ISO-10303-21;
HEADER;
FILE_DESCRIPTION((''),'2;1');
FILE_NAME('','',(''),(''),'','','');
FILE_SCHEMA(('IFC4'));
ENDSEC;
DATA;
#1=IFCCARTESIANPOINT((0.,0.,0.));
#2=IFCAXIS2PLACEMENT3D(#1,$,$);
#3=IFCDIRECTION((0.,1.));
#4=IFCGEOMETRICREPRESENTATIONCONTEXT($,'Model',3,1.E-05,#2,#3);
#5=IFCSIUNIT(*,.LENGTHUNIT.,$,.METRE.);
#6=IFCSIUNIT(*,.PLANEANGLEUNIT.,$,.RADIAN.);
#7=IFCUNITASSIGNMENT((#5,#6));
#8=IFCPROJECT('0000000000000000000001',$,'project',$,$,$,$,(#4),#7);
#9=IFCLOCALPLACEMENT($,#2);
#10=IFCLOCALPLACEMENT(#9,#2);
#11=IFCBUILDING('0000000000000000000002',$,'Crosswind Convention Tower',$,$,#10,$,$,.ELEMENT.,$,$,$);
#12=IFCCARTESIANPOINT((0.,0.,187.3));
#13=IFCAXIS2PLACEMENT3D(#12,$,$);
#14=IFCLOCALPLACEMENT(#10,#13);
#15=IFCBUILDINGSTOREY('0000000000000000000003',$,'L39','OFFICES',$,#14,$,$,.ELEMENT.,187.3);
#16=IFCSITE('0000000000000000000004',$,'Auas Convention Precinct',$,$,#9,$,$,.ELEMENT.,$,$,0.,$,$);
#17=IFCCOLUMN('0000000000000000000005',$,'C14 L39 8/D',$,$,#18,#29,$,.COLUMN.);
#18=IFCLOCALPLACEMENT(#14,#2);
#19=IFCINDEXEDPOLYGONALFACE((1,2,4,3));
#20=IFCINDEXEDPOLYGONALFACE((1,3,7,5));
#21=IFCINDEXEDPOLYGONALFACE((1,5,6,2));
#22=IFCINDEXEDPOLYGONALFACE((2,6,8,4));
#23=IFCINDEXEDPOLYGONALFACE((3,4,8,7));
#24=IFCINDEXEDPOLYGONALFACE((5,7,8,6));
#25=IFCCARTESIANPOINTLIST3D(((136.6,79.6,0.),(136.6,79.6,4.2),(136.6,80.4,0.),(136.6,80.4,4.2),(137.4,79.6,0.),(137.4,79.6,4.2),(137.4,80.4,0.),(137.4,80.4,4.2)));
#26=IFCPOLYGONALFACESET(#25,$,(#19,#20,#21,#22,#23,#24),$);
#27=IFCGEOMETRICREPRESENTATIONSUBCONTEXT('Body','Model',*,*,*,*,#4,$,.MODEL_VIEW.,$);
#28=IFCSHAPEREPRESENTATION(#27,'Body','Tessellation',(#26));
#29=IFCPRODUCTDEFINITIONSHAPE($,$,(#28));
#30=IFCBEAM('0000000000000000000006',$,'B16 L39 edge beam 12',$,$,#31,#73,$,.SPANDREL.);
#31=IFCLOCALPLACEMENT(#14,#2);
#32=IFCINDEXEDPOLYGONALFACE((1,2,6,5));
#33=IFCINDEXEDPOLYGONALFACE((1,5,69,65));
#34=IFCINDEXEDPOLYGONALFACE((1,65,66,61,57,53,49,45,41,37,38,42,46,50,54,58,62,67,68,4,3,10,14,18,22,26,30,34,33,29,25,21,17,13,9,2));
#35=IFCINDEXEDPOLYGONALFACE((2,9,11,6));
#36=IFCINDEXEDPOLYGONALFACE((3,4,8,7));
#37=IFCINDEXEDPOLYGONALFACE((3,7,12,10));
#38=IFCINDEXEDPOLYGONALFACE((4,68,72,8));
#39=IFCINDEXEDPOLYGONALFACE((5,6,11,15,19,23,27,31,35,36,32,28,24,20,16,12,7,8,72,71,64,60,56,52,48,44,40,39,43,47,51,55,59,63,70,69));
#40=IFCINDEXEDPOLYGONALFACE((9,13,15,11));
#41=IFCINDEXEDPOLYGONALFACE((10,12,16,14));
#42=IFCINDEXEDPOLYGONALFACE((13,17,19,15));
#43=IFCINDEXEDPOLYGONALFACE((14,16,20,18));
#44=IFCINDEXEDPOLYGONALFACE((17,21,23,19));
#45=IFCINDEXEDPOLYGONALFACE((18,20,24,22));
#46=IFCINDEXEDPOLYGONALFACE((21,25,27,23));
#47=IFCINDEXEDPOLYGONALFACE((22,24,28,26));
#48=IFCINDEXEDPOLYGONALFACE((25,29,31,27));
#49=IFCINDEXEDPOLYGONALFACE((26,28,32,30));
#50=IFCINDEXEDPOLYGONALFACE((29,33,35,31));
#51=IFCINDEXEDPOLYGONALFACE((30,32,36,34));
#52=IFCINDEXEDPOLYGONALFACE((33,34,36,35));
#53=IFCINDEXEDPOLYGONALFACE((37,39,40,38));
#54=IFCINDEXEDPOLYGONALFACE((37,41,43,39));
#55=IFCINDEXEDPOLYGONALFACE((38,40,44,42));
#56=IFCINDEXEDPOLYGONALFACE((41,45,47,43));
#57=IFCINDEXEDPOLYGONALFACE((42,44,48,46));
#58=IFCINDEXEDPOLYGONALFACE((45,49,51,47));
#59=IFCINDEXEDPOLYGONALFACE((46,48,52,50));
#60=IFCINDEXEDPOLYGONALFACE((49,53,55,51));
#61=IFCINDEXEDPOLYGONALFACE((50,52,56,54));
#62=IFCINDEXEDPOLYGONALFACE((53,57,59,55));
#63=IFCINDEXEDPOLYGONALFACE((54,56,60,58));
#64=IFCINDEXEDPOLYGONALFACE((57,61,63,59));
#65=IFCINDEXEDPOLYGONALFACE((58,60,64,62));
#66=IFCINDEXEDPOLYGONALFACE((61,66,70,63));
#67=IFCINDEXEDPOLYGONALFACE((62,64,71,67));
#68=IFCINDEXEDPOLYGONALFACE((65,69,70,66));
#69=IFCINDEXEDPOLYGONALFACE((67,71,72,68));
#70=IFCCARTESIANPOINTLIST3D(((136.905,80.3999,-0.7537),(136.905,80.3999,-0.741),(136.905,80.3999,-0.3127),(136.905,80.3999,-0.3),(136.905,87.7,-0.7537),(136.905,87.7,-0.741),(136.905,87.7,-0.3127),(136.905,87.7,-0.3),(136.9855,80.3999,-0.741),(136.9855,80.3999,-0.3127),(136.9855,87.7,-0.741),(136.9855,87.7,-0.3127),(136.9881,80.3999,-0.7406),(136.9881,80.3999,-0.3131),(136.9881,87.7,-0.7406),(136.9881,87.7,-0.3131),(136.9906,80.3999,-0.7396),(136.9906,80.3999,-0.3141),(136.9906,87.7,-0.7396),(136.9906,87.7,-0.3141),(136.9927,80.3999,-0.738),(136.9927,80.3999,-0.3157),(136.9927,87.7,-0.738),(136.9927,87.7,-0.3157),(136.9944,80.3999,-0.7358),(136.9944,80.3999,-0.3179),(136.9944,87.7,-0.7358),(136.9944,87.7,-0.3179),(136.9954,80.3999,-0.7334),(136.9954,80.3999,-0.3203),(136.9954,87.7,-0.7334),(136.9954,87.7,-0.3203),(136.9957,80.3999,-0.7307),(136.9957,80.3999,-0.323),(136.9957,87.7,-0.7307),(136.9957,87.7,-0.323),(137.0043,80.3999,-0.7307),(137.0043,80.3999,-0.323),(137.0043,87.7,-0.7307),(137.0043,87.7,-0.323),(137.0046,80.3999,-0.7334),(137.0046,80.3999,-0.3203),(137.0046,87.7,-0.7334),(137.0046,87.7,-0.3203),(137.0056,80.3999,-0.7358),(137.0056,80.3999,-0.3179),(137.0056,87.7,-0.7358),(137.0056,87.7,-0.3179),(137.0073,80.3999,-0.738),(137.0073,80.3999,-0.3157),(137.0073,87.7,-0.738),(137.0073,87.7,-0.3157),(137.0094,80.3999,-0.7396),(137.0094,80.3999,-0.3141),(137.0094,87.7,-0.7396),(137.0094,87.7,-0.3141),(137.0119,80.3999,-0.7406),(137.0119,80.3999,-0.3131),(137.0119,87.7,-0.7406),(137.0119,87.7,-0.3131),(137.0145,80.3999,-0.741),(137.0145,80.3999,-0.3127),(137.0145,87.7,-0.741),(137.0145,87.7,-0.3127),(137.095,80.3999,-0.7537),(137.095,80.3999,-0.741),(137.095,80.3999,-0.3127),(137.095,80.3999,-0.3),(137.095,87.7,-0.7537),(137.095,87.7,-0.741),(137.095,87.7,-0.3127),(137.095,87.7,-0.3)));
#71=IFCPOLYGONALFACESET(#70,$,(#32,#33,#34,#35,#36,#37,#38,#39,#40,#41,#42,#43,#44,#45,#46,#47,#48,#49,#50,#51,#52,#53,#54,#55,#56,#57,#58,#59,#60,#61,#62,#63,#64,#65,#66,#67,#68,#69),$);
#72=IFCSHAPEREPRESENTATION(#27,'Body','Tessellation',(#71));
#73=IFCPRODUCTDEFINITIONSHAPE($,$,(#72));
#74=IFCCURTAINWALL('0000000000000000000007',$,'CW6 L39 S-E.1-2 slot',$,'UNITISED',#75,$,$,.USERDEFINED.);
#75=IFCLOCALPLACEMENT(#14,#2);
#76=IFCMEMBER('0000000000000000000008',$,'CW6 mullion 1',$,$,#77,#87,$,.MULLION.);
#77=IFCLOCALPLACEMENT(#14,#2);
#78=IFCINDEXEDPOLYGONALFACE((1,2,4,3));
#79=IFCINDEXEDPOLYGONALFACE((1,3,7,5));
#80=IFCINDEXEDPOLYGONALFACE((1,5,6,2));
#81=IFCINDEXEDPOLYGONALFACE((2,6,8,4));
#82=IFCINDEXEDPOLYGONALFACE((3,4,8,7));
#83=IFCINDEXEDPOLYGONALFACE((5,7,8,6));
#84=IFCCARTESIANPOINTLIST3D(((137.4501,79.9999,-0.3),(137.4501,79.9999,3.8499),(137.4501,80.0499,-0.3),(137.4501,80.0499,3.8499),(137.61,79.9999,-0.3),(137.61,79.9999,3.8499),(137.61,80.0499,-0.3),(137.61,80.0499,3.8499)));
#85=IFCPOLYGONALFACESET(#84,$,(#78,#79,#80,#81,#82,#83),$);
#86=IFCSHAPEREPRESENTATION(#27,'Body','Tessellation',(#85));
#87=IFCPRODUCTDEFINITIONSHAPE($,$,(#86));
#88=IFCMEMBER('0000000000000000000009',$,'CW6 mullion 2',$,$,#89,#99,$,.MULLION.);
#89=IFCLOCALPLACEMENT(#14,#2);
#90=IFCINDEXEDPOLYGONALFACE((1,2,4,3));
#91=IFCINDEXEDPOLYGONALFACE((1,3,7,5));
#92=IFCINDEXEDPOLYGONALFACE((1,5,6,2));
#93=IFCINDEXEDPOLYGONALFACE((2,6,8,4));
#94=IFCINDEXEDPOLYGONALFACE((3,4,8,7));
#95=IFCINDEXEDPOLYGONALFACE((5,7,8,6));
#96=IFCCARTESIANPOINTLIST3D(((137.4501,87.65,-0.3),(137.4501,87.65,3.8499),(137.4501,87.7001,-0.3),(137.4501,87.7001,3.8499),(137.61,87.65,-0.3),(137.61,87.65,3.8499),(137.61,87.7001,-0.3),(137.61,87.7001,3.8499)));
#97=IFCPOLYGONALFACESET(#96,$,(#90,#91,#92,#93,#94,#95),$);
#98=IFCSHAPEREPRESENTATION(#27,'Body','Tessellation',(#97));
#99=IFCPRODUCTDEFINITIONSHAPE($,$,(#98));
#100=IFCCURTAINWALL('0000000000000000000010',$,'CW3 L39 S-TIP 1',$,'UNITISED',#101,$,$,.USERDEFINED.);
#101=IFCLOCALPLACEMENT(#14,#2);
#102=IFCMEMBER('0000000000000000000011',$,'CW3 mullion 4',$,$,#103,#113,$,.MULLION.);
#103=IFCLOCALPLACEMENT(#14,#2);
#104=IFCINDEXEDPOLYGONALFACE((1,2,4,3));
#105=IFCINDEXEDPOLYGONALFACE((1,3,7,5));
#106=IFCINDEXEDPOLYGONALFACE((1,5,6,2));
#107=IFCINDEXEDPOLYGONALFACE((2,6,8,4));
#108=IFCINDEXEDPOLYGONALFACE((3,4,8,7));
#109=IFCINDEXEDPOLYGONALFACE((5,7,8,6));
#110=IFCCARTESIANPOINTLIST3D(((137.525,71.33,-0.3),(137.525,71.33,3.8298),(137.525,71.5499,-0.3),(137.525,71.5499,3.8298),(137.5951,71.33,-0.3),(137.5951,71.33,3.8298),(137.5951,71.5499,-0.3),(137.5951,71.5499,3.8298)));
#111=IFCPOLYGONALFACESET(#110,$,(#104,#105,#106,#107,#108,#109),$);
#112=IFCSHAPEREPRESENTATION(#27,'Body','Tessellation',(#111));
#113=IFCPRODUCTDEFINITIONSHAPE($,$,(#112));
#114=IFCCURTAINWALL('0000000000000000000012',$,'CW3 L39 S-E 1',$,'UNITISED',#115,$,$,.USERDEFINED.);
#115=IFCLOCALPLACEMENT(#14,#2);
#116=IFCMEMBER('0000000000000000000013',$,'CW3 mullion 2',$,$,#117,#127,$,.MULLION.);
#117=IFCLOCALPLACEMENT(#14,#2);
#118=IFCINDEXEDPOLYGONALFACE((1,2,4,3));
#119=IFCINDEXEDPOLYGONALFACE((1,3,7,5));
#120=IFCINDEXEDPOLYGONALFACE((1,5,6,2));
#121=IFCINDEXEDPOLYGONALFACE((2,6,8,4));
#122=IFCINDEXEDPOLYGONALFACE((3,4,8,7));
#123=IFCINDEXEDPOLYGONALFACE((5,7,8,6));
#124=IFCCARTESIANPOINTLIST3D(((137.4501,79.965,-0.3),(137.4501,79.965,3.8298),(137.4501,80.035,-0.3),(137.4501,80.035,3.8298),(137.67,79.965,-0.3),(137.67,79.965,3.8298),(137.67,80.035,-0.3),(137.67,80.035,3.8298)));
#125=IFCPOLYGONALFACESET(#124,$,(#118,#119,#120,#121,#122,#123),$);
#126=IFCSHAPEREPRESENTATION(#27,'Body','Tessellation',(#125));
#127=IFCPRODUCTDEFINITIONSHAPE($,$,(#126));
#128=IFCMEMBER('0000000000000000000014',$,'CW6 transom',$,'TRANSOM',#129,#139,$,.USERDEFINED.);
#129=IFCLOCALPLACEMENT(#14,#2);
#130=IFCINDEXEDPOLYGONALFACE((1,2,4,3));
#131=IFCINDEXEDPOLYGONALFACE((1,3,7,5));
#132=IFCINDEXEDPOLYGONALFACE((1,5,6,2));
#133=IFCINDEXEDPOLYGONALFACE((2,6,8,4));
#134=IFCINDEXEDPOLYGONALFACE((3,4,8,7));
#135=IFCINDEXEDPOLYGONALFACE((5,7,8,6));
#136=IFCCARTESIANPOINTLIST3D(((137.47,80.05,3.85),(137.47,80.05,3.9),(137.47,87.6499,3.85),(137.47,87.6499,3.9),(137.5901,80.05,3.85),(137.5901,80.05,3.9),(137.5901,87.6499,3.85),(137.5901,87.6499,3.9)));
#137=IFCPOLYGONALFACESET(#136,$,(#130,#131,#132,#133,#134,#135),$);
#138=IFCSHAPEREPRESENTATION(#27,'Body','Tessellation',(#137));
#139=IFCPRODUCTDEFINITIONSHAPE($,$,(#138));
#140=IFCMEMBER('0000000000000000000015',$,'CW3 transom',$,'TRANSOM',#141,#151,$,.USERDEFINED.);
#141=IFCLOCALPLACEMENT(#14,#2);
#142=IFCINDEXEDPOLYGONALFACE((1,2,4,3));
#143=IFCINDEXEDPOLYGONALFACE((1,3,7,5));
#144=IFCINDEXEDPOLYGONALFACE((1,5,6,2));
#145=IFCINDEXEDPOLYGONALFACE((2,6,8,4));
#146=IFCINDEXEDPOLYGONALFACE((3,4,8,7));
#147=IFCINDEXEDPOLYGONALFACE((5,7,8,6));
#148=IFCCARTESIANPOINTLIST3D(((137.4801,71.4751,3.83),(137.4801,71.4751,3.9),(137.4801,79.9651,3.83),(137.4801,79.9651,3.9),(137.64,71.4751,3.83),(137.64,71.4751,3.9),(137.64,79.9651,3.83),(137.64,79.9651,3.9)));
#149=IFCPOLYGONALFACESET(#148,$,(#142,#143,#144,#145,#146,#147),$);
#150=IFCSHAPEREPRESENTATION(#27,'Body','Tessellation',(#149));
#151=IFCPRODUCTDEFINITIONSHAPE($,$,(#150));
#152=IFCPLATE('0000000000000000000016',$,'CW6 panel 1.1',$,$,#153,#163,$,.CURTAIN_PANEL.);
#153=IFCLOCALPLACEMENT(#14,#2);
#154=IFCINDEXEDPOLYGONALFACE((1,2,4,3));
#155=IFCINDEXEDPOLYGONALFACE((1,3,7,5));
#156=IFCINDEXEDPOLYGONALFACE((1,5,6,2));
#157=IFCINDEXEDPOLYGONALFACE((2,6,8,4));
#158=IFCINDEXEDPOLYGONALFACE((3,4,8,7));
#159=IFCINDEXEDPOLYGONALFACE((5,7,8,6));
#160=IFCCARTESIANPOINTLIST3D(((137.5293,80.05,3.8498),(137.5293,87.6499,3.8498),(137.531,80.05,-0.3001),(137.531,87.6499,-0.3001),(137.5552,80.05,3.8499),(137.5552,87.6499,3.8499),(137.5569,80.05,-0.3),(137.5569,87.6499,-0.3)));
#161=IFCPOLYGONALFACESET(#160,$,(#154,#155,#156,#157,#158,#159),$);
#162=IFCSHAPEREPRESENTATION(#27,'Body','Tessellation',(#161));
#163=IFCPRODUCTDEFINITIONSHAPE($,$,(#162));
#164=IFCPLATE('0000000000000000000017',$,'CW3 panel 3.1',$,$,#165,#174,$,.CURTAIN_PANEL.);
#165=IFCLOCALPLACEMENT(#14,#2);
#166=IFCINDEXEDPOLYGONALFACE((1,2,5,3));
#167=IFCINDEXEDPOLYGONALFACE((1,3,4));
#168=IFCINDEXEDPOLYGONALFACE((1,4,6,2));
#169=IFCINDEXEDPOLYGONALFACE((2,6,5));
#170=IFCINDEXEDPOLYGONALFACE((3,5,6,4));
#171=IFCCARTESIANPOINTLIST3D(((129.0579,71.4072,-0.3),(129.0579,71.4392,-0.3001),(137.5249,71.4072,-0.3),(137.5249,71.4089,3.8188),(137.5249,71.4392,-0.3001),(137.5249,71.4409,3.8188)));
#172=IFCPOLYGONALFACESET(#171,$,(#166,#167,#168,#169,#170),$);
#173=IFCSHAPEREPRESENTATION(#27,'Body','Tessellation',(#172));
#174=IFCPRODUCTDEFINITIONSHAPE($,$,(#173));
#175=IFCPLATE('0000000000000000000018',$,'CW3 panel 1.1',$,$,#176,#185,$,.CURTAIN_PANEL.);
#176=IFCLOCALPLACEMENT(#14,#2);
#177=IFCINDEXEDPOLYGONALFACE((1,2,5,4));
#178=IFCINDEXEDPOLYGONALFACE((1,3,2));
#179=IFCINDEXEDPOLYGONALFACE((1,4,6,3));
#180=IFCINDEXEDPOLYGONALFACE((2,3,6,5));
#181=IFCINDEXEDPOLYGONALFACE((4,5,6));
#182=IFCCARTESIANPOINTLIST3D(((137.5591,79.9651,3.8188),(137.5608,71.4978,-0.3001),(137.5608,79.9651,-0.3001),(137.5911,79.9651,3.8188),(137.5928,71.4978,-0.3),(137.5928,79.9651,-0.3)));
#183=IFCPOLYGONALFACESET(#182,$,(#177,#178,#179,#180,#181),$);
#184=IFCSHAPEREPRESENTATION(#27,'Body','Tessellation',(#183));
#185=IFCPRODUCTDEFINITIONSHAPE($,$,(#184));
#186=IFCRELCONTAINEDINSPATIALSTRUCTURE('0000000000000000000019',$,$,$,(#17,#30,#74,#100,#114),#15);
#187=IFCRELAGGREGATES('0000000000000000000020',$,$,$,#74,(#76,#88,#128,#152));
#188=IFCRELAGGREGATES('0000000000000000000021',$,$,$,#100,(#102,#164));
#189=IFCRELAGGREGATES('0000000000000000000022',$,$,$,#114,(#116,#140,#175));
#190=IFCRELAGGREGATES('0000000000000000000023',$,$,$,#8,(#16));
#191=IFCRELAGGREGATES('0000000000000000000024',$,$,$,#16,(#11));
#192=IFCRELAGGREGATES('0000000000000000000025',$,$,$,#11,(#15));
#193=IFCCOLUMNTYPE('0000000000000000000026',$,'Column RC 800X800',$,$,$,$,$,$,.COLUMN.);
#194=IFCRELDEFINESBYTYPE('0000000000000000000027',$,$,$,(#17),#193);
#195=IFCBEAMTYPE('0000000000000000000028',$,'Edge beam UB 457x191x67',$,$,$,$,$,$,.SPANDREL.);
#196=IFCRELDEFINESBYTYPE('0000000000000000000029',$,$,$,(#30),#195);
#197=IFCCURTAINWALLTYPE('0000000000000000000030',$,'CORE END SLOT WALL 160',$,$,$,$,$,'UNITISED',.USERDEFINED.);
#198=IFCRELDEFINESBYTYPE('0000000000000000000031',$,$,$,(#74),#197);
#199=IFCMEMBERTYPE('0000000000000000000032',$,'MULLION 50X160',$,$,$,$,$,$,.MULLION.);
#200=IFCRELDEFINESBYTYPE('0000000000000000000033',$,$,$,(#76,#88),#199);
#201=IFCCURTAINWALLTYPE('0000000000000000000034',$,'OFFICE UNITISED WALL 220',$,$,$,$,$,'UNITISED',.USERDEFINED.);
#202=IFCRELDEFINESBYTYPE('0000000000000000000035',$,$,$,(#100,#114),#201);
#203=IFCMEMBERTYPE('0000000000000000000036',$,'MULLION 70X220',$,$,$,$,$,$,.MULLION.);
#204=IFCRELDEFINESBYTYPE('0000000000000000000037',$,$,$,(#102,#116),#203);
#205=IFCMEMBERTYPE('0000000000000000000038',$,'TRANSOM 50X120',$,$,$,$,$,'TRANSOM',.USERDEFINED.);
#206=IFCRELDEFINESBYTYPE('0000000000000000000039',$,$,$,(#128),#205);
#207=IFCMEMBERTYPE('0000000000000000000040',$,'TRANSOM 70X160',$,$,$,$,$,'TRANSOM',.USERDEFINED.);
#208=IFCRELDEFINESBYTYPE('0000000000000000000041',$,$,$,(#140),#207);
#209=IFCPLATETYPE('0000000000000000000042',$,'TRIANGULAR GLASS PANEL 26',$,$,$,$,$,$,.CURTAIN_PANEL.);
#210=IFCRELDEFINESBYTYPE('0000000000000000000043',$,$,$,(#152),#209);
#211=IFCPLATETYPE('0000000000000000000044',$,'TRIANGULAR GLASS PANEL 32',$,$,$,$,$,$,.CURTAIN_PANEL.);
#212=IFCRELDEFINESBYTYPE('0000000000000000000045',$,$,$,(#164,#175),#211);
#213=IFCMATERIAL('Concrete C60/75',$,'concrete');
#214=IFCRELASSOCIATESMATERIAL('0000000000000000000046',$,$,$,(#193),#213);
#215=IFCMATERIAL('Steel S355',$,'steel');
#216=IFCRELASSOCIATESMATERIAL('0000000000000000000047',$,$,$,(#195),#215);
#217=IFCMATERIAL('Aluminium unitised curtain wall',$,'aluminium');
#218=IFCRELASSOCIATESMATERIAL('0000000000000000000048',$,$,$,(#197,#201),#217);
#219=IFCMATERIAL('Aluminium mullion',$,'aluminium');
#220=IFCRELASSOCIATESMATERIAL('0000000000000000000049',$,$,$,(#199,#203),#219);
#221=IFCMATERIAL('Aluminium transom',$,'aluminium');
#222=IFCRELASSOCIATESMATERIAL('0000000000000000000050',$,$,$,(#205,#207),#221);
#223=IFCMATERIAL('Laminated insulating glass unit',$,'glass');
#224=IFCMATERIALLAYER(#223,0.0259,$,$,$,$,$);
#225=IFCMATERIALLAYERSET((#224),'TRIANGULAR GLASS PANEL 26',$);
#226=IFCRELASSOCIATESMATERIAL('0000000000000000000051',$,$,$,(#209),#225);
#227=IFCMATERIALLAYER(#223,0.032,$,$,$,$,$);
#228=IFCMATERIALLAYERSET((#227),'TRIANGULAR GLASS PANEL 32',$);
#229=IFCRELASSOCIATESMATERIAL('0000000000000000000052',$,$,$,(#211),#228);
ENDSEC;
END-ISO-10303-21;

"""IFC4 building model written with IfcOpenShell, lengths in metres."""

from ifc_helpers import new_model, si_unit, direction, frame, origin, origin_2d, place, context, subcontext, project, spatial, polyline, rectangle, i_section, outline, extrude, material, layer, layer_set, material_profile, profile_set, type_object, element, aggregate, save


model = new_model("IFC4")

# Units and contexts
model_context = context("Model", 3, precision=1e-05, world=origin(), true_north=direction((0.0, 1.0)))
body_context = subcontext(model_context, "Body", "Model", "MODEL_VIEW")
ifc_project = project(units=[si_unit("LENGTHUNIT", "METRE"), si_unit("PLANEANGLEUNIT", "RADIAN")], contexts=[model_context])

# Site, building, storey
site_placement = place(None, origin())
site = spatial("IfcSite", under=ifc_project, at=site_placement, Name="Auas Convention Precinct", CompositionType="ELEMENT", RefElevation=0.0)
building_placement = place(site_placement, origin())
building = spatial("IfcBuilding", under=site, at=building_placement, Name="Crosswind Convention Tower", CompositionType="ELEMENT")
storey_placement = place(building_placement, frame((0.0, 0.0, 187.3)))
storey = spatial("IfcBuildingStorey", under=building, at=storey_placement, Name="L39", Description="OFFICES", CompositionType="ELEMENT", Elevation=187.3)

# Column
ifc_material_1 = material(Name="Concrete C60/75", Category="concrete")
ifc_material_profile_1 = material_profile(ifc_material_1, rectangle(XDim=0.8, YDim=0.8, at=origin_2d()), Name="RC 800X800")
ifc_profile_set_1 = profile_set([ifc_material_profile_1], Name="Concrete C60/75")
column_type = type_object("IfcColumnType", Name="Column RC 800X800", PredefinedType="COLUMN", material=ifc_profile_set_1)
column_placement = place(storey_placement, frame((137.0, 80.0, 0.0), z_axis=(0.0, 0.0, 1.0), x_axis=(1.0, 0.0, 0.0)))
element("IfcColumn", 1, at=column_placement, inside=storey, type_object=column_type, Name="C14 L39 8/D", PredefinedType="COLUMN", context=body_context, shape_type="SweptSolid", body=[
    extrude(rectangle(XDim=0.8, YDim=0.8, at=origin_2d()), origin(), (0.0, 0.0, 1.0), 4.2),
])

# Beam
ifc_material_2 = material(Name="Steel S355", Category="steel")
ifc_material_profile_2 = material_profile(ifc_material_2, i_section(OverallWidth=0.1899, OverallDepth=0.4536, WebThickness=0.0085, FlangeThickness=0.0127, FilletRadius=0.0103, at=origin_2d()), Name="UB 457x191x67")
ifc_profile_set_2 = profile_set([ifc_material_profile_2], Name="Steel S355")
beam_type = type_object("IfcBeamType", Name="Edge beam UB 457x191x67", PredefinedType="SPANDREL", material=ifc_profile_set_2)
beam_placement = place(storey_placement, frame((137.0, 80.3999, -0.5269), z_axis=(0.0, 1.0, 0.0), x_axis=(-1.0, 0.0, 0.0)))
element("IfcBeam", 2, at=beam_placement, inside=storey, type_object=beam_type, Name="B16 L39 edge beam 12", PredefinedType="SPANDREL", context=body_context, shape_type="SweptSolid", body=[
    extrude(i_section(OverallWidth=0.1899, OverallDepth=0.4536, WebThickness=0.0085, FlangeThickness=0.0127, FilletRadius=0.0103, at=origin_2d()), origin(), (0.0, 0.0, 1.0), 7.3),
])

# Curtain wall, members
ifc_material_3 = material(Name="Aluminium unitised curtain wall", Category="aluminium")
curtain_wall_type_1 = type_object("IfcCurtainWallType", Name="CORE END SLOT WALL 160", ElementType="UNITISED", PredefinedType="USERDEFINED", material=ifc_material_3)
curtain_wall_1_placement = place(storey_placement, origin())
curtain_wall_1 = element("IfcCurtainWall", 3, at=curtain_wall_1_placement, inside=storey, type_object=curtain_wall_type_1, Name="CW6 L39 S-E.1-2 slot", ObjectType="UNITISED", PredefinedType="USERDEFINED")
ifc_material_4 = material(Name="Aluminium mullion", Category="aluminium")
ifc_material_profile_3 = material_profile(ifc_material_4, rectangle(XDim=0.1599, YDim=0.05, at=origin_2d()), Name="AL 160X50")
ifc_profile_set_3 = profile_set([ifc_material_profile_3], Name="Aluminium mullion")
member_type_1 = type_object("IfcMemberType", Name="MULLION 50X160", PredefinedType="MULLION", material=ifc_profile_set_3)
member_1_placement = place(storey_placement, frame((137.53, 80.0249, -0.3), z_axis=(0.0, 0.0, 1.0), x_axis=(1.0, 0.0, 0.0)))
member_1 = element("IfcMember", 4, at=member_1_placement, type_object=member_type_1, Name="CW6 mullion 1", PredefinedType="MULLION", context=body_context, shape_type="SweptSolid", body=[
    extrude(rectangle(XDim=0.1599, YDim=0.05, at=origin_2d()), origin(), (0.0, 0.0, 1.0), 4.1499),
])
member_2_placement = place(storey_placement, frame((137.53, 87.675, -0.3), z_axis=(0.0, 0.0, 1.0), x_axis=(1.0, 0.0, 0.0)))
member_2 = element("IfcMember", 5, at=member_2_placement, type_object=member_type_1, Name="CW6 mullion 2", PredefinedType="MULLION", context=body_context, shape_type="SweptSolid", body=[
    extrude(rectangle(XDim=0.1599, YDim=0.05, at=origin_2d()), origin(), (0.0, 0.0, 1.0), 4.1499),
])

# Curtain walls, members
curtain_wall_type_2 = type_object("IfcCurtainWallType", Name="OFFICE UNITISED WALL 220", ElementType="UNITISED", PredefinedType="USERDEFINED", material=ifc_material_3)
curtain_wall_2_placement = place(storey_placement, origin())
curtain_wall_2 = element("IfcCurtainWall", 6, at=curtain_wall_2_placement, inside=storey, type_object=curtain_wall_type_2, Name="CW3 L39 S-TIP 1", ObjectType="UNITISED", PredefinedType="USERDEFINED")
ifc_material_profile_4 = material_profile(ifc_material_4, rectangle(XDim=0.22, YDim=0.0701, at=origin_2d()), Name="AL 220X70")
ifc_profile_set_4 = profile_set([ifc_material_profile_4], Name="Aluminium mullion")
member_type_2 = type_object("IfcMemberType", Name="MULLION 70X220", PredefinedType="MULLION", material=ifc_profile_set_4)
member_3_placement = place(storey_placement, frame((137.5601, 71.4399, -0.3), z_axis=(0.0, 0.0, 1.0), x_axis=(0.0, -1.0, 0.0)))
member_3 = element("IfcMember", 7, at=member_3_placement, type_object=member_type_2, Name="CW3 mullion 4", PredefinedType="MULLION", context=body_context, shape_type="SweptSolid", body=[
    extrude(rectangle(XDim=0.22, YDim=0.0701, at=origin_2d()), origin(), (0.0, 0.0, 1.0), 4.1299),
])
curtain_wall_3_placement = place(storey_placement, origin())
curtain_wall_3 = element("IfcCurtainWall", 8, at=curtain_wall_3_placement, inside=storey, type_object=curtain_wall_type_2, Name="CW3 L39 S-E 1", ObjectType="UNITISED", PredefinedType="USERDEFINED")
member_4_placement = place(storey_placement, frame((137.5601, 80.0, -0.3), z_axis=(0.0, 0.0, 1.0), x_axis=(1.0, 0.0, 0.0)))
member_4 = element("IfcMember", 9, at=member_4_placement, type_object=member_type_2, Name="CW3 mullion 2", PredefinedType="MULLION", context=body_context, shape_type="SweptSolid", body=[
    extrude(rectangle(XDim=0.22, YDim=0.0701, at=origin_2d()), origin(), (0.0, 0.0, 1.0), 4.1299),
])

# Members
ifc_material_5 = material(Name="Aluminium transom", Category="aluminium")
ifc_material_profile_5 = material_profile(ifc_material_5, rectangle(XDim=0.1201, YDim=0.05, at=origin_2d()), Name="AL 120X50")
ifc_profile_set_5 = profile_set([ifc_material_profile_5], Name="Aluminium transom")
member_type_3 = type_object("IfcMemberType", Name="TRANSOM 50X120", ElementType="TRANSOM", PredefinedType="USERDEFINED", material=ifc_profile_set_5)
member_5_placement = place(storey_placement, frame((137.53, 80.05, 3.875), z_axis=(0.0, 1.0, 0.0), x_axis=(-1.0, 0.0, 0.0)))
member_5 = element("IfcMember", 10, at=member_5_placement, type_object=member_type_3, Name="CW6 transom", ObjectType="TRANSOM", PredefinedType="USERDEFINED", context=body_context, shape_type="SweptSolid", body=[
    extrude(rectangle(XDim=0.1201, YDim=0.05, at=origin_2d()), origin(), (0.0, 0.0, 1.0), 7.5999),
])
ifc_material_profile_6 = material_profile(ifc_material_5, rectangle(XDim=0.1599, YDim=0.0701, at=origin_2d()), Name="AL 160X70")
ifc_profile_set_6 = profile_set([ifc_material_profile_6], Name="Aluminium transom")
member_type_4 = type_object("IfcMemberType", Name="TRANSOM 70X160", ElementType="TRANSOM", PredefinedType="USERDEFINED", material=ifc_profile_set_6)
member_6_placement = place(storey_placement, frame((137.5601, 71.4751, 3.865), z_axis=(0.0, 1.0, 0.0), x_axis=(-1.0, 0.0, 0.0)))
member_6 = element("IfcMember", 11, at=member_6_placement, type_object=member_type_4, Name="CW3 transom", ObjectType="TRANSOM", PredefinedType="USERDEFINED", context=body_context, shape_type="SweptSolid", body=[
    extrude(rectangle(XDim=0.1599, YDim=0.0701, at=origin_2d()), origin(), (0.0, 0.0, 1.0), 8.49),
])

# Plates
ifc_material_6 = material(Name="Laminated insulating glass unit", Category="glass")
ifc_layer_1 = layer(ifc_material_6, 0.0259)
ifc_layer_set_1 = layer_set([ifc_layer_1], Name="TRIANGULAR GLASS PANEL 26")
plate_type_1 = type_object("IfcPlateType", Name="TRIANGULAR GLASS PANEL 26", PredefinedType="CURTAIN_PANEL", material=ifc_layer_set_1)
plate_1_placement = place(storey_placement, frame((137.5569, 80.05, -0.3), z_axis=(1.0, 0.0, 0.000412), x_axis=(0.0, 1.0, 0.0)))
plate_1 = element("IfcPlate", 12, at=plate_1_placement, type_object=plate_type_1, Name="CW6 panel 1.1", PredefinedType="CURTAIN_PANEL", context=body_context, shape_type="SweptSolid", body=[
    extrude(outline(polyline([(0.0, 0.0), (7.5999, 0.0), (7.5999, 4.1499), (0.0, 4.1499), (0.0, 0.0)])), origin(), (0.0, 0.0, -1.0), 0.0259),
])
aggregate(curtain_wall_1, [member_1, member_2, member_5, plate_1])
ifc_layer_2 = layer(ifc_material_6, 0.032)
ifc_layer_set_2 = layer_set([ifc_layer_2], Name="TRIANGULAR GLASS PANEL 32")
plate_type_2 = type_object("IfcPlateType", Name="TRIANGULAR GLASS PANEL 32", PredefinedType="CURTAIN_PANEL", material=ifc_layer_set_2)
plate_2_placement = place(storey_placement, frame((137.5249, 71.4072, -0.3), z_axis=(0.0, -1.0, 0.000415), x_axis=(0.0, 0.000415, 1.0)))
plate_2 = element("IfcPlate", 13, at=plate_2_placement, type_object=plate_type_2, Name="CW3 panel 3.1", PredefinedType="CURTAIN_PANEL", context=body_context, shape_type="SweptSolid", body=[
    extrude(outline(polyline([(0.0, 0.0), (4.1189, 0.0), (0.0, 8.467), (0.0, 0.0)])), origin(), (0.0, 0.0, -1.0), 0.032),
])
aggregate(curtain_wall_2, [member_3, plate_2])
plate_3_placement = place(storey_placement, frame((137.5928, 79.9651, -0.3), z_axis=(1.0, 0.0, 0.000415), x_axis=(-0.000415, 0.0, 1.0)))
plate_3 = element("IfcPlate", 14, at=plate_3_placement, type_object=plate_type_2, Name="CW3 panel 1.1", PredefinedType="CURTAIN_PANEL", context=body_context, shape_type="SweptSolid", body=[
    extrude(outline(polyline([(0.0, 0.0), (4.1189, 0.0), (0.0, 8.4673), (0.0, 0.0)])), origin(), (0.0, 0.0, -1.0), 0.032),
])

aggregate(curtain_wall_3, [member_4, member_6, plate_3])

save(model, "model.ifc")
